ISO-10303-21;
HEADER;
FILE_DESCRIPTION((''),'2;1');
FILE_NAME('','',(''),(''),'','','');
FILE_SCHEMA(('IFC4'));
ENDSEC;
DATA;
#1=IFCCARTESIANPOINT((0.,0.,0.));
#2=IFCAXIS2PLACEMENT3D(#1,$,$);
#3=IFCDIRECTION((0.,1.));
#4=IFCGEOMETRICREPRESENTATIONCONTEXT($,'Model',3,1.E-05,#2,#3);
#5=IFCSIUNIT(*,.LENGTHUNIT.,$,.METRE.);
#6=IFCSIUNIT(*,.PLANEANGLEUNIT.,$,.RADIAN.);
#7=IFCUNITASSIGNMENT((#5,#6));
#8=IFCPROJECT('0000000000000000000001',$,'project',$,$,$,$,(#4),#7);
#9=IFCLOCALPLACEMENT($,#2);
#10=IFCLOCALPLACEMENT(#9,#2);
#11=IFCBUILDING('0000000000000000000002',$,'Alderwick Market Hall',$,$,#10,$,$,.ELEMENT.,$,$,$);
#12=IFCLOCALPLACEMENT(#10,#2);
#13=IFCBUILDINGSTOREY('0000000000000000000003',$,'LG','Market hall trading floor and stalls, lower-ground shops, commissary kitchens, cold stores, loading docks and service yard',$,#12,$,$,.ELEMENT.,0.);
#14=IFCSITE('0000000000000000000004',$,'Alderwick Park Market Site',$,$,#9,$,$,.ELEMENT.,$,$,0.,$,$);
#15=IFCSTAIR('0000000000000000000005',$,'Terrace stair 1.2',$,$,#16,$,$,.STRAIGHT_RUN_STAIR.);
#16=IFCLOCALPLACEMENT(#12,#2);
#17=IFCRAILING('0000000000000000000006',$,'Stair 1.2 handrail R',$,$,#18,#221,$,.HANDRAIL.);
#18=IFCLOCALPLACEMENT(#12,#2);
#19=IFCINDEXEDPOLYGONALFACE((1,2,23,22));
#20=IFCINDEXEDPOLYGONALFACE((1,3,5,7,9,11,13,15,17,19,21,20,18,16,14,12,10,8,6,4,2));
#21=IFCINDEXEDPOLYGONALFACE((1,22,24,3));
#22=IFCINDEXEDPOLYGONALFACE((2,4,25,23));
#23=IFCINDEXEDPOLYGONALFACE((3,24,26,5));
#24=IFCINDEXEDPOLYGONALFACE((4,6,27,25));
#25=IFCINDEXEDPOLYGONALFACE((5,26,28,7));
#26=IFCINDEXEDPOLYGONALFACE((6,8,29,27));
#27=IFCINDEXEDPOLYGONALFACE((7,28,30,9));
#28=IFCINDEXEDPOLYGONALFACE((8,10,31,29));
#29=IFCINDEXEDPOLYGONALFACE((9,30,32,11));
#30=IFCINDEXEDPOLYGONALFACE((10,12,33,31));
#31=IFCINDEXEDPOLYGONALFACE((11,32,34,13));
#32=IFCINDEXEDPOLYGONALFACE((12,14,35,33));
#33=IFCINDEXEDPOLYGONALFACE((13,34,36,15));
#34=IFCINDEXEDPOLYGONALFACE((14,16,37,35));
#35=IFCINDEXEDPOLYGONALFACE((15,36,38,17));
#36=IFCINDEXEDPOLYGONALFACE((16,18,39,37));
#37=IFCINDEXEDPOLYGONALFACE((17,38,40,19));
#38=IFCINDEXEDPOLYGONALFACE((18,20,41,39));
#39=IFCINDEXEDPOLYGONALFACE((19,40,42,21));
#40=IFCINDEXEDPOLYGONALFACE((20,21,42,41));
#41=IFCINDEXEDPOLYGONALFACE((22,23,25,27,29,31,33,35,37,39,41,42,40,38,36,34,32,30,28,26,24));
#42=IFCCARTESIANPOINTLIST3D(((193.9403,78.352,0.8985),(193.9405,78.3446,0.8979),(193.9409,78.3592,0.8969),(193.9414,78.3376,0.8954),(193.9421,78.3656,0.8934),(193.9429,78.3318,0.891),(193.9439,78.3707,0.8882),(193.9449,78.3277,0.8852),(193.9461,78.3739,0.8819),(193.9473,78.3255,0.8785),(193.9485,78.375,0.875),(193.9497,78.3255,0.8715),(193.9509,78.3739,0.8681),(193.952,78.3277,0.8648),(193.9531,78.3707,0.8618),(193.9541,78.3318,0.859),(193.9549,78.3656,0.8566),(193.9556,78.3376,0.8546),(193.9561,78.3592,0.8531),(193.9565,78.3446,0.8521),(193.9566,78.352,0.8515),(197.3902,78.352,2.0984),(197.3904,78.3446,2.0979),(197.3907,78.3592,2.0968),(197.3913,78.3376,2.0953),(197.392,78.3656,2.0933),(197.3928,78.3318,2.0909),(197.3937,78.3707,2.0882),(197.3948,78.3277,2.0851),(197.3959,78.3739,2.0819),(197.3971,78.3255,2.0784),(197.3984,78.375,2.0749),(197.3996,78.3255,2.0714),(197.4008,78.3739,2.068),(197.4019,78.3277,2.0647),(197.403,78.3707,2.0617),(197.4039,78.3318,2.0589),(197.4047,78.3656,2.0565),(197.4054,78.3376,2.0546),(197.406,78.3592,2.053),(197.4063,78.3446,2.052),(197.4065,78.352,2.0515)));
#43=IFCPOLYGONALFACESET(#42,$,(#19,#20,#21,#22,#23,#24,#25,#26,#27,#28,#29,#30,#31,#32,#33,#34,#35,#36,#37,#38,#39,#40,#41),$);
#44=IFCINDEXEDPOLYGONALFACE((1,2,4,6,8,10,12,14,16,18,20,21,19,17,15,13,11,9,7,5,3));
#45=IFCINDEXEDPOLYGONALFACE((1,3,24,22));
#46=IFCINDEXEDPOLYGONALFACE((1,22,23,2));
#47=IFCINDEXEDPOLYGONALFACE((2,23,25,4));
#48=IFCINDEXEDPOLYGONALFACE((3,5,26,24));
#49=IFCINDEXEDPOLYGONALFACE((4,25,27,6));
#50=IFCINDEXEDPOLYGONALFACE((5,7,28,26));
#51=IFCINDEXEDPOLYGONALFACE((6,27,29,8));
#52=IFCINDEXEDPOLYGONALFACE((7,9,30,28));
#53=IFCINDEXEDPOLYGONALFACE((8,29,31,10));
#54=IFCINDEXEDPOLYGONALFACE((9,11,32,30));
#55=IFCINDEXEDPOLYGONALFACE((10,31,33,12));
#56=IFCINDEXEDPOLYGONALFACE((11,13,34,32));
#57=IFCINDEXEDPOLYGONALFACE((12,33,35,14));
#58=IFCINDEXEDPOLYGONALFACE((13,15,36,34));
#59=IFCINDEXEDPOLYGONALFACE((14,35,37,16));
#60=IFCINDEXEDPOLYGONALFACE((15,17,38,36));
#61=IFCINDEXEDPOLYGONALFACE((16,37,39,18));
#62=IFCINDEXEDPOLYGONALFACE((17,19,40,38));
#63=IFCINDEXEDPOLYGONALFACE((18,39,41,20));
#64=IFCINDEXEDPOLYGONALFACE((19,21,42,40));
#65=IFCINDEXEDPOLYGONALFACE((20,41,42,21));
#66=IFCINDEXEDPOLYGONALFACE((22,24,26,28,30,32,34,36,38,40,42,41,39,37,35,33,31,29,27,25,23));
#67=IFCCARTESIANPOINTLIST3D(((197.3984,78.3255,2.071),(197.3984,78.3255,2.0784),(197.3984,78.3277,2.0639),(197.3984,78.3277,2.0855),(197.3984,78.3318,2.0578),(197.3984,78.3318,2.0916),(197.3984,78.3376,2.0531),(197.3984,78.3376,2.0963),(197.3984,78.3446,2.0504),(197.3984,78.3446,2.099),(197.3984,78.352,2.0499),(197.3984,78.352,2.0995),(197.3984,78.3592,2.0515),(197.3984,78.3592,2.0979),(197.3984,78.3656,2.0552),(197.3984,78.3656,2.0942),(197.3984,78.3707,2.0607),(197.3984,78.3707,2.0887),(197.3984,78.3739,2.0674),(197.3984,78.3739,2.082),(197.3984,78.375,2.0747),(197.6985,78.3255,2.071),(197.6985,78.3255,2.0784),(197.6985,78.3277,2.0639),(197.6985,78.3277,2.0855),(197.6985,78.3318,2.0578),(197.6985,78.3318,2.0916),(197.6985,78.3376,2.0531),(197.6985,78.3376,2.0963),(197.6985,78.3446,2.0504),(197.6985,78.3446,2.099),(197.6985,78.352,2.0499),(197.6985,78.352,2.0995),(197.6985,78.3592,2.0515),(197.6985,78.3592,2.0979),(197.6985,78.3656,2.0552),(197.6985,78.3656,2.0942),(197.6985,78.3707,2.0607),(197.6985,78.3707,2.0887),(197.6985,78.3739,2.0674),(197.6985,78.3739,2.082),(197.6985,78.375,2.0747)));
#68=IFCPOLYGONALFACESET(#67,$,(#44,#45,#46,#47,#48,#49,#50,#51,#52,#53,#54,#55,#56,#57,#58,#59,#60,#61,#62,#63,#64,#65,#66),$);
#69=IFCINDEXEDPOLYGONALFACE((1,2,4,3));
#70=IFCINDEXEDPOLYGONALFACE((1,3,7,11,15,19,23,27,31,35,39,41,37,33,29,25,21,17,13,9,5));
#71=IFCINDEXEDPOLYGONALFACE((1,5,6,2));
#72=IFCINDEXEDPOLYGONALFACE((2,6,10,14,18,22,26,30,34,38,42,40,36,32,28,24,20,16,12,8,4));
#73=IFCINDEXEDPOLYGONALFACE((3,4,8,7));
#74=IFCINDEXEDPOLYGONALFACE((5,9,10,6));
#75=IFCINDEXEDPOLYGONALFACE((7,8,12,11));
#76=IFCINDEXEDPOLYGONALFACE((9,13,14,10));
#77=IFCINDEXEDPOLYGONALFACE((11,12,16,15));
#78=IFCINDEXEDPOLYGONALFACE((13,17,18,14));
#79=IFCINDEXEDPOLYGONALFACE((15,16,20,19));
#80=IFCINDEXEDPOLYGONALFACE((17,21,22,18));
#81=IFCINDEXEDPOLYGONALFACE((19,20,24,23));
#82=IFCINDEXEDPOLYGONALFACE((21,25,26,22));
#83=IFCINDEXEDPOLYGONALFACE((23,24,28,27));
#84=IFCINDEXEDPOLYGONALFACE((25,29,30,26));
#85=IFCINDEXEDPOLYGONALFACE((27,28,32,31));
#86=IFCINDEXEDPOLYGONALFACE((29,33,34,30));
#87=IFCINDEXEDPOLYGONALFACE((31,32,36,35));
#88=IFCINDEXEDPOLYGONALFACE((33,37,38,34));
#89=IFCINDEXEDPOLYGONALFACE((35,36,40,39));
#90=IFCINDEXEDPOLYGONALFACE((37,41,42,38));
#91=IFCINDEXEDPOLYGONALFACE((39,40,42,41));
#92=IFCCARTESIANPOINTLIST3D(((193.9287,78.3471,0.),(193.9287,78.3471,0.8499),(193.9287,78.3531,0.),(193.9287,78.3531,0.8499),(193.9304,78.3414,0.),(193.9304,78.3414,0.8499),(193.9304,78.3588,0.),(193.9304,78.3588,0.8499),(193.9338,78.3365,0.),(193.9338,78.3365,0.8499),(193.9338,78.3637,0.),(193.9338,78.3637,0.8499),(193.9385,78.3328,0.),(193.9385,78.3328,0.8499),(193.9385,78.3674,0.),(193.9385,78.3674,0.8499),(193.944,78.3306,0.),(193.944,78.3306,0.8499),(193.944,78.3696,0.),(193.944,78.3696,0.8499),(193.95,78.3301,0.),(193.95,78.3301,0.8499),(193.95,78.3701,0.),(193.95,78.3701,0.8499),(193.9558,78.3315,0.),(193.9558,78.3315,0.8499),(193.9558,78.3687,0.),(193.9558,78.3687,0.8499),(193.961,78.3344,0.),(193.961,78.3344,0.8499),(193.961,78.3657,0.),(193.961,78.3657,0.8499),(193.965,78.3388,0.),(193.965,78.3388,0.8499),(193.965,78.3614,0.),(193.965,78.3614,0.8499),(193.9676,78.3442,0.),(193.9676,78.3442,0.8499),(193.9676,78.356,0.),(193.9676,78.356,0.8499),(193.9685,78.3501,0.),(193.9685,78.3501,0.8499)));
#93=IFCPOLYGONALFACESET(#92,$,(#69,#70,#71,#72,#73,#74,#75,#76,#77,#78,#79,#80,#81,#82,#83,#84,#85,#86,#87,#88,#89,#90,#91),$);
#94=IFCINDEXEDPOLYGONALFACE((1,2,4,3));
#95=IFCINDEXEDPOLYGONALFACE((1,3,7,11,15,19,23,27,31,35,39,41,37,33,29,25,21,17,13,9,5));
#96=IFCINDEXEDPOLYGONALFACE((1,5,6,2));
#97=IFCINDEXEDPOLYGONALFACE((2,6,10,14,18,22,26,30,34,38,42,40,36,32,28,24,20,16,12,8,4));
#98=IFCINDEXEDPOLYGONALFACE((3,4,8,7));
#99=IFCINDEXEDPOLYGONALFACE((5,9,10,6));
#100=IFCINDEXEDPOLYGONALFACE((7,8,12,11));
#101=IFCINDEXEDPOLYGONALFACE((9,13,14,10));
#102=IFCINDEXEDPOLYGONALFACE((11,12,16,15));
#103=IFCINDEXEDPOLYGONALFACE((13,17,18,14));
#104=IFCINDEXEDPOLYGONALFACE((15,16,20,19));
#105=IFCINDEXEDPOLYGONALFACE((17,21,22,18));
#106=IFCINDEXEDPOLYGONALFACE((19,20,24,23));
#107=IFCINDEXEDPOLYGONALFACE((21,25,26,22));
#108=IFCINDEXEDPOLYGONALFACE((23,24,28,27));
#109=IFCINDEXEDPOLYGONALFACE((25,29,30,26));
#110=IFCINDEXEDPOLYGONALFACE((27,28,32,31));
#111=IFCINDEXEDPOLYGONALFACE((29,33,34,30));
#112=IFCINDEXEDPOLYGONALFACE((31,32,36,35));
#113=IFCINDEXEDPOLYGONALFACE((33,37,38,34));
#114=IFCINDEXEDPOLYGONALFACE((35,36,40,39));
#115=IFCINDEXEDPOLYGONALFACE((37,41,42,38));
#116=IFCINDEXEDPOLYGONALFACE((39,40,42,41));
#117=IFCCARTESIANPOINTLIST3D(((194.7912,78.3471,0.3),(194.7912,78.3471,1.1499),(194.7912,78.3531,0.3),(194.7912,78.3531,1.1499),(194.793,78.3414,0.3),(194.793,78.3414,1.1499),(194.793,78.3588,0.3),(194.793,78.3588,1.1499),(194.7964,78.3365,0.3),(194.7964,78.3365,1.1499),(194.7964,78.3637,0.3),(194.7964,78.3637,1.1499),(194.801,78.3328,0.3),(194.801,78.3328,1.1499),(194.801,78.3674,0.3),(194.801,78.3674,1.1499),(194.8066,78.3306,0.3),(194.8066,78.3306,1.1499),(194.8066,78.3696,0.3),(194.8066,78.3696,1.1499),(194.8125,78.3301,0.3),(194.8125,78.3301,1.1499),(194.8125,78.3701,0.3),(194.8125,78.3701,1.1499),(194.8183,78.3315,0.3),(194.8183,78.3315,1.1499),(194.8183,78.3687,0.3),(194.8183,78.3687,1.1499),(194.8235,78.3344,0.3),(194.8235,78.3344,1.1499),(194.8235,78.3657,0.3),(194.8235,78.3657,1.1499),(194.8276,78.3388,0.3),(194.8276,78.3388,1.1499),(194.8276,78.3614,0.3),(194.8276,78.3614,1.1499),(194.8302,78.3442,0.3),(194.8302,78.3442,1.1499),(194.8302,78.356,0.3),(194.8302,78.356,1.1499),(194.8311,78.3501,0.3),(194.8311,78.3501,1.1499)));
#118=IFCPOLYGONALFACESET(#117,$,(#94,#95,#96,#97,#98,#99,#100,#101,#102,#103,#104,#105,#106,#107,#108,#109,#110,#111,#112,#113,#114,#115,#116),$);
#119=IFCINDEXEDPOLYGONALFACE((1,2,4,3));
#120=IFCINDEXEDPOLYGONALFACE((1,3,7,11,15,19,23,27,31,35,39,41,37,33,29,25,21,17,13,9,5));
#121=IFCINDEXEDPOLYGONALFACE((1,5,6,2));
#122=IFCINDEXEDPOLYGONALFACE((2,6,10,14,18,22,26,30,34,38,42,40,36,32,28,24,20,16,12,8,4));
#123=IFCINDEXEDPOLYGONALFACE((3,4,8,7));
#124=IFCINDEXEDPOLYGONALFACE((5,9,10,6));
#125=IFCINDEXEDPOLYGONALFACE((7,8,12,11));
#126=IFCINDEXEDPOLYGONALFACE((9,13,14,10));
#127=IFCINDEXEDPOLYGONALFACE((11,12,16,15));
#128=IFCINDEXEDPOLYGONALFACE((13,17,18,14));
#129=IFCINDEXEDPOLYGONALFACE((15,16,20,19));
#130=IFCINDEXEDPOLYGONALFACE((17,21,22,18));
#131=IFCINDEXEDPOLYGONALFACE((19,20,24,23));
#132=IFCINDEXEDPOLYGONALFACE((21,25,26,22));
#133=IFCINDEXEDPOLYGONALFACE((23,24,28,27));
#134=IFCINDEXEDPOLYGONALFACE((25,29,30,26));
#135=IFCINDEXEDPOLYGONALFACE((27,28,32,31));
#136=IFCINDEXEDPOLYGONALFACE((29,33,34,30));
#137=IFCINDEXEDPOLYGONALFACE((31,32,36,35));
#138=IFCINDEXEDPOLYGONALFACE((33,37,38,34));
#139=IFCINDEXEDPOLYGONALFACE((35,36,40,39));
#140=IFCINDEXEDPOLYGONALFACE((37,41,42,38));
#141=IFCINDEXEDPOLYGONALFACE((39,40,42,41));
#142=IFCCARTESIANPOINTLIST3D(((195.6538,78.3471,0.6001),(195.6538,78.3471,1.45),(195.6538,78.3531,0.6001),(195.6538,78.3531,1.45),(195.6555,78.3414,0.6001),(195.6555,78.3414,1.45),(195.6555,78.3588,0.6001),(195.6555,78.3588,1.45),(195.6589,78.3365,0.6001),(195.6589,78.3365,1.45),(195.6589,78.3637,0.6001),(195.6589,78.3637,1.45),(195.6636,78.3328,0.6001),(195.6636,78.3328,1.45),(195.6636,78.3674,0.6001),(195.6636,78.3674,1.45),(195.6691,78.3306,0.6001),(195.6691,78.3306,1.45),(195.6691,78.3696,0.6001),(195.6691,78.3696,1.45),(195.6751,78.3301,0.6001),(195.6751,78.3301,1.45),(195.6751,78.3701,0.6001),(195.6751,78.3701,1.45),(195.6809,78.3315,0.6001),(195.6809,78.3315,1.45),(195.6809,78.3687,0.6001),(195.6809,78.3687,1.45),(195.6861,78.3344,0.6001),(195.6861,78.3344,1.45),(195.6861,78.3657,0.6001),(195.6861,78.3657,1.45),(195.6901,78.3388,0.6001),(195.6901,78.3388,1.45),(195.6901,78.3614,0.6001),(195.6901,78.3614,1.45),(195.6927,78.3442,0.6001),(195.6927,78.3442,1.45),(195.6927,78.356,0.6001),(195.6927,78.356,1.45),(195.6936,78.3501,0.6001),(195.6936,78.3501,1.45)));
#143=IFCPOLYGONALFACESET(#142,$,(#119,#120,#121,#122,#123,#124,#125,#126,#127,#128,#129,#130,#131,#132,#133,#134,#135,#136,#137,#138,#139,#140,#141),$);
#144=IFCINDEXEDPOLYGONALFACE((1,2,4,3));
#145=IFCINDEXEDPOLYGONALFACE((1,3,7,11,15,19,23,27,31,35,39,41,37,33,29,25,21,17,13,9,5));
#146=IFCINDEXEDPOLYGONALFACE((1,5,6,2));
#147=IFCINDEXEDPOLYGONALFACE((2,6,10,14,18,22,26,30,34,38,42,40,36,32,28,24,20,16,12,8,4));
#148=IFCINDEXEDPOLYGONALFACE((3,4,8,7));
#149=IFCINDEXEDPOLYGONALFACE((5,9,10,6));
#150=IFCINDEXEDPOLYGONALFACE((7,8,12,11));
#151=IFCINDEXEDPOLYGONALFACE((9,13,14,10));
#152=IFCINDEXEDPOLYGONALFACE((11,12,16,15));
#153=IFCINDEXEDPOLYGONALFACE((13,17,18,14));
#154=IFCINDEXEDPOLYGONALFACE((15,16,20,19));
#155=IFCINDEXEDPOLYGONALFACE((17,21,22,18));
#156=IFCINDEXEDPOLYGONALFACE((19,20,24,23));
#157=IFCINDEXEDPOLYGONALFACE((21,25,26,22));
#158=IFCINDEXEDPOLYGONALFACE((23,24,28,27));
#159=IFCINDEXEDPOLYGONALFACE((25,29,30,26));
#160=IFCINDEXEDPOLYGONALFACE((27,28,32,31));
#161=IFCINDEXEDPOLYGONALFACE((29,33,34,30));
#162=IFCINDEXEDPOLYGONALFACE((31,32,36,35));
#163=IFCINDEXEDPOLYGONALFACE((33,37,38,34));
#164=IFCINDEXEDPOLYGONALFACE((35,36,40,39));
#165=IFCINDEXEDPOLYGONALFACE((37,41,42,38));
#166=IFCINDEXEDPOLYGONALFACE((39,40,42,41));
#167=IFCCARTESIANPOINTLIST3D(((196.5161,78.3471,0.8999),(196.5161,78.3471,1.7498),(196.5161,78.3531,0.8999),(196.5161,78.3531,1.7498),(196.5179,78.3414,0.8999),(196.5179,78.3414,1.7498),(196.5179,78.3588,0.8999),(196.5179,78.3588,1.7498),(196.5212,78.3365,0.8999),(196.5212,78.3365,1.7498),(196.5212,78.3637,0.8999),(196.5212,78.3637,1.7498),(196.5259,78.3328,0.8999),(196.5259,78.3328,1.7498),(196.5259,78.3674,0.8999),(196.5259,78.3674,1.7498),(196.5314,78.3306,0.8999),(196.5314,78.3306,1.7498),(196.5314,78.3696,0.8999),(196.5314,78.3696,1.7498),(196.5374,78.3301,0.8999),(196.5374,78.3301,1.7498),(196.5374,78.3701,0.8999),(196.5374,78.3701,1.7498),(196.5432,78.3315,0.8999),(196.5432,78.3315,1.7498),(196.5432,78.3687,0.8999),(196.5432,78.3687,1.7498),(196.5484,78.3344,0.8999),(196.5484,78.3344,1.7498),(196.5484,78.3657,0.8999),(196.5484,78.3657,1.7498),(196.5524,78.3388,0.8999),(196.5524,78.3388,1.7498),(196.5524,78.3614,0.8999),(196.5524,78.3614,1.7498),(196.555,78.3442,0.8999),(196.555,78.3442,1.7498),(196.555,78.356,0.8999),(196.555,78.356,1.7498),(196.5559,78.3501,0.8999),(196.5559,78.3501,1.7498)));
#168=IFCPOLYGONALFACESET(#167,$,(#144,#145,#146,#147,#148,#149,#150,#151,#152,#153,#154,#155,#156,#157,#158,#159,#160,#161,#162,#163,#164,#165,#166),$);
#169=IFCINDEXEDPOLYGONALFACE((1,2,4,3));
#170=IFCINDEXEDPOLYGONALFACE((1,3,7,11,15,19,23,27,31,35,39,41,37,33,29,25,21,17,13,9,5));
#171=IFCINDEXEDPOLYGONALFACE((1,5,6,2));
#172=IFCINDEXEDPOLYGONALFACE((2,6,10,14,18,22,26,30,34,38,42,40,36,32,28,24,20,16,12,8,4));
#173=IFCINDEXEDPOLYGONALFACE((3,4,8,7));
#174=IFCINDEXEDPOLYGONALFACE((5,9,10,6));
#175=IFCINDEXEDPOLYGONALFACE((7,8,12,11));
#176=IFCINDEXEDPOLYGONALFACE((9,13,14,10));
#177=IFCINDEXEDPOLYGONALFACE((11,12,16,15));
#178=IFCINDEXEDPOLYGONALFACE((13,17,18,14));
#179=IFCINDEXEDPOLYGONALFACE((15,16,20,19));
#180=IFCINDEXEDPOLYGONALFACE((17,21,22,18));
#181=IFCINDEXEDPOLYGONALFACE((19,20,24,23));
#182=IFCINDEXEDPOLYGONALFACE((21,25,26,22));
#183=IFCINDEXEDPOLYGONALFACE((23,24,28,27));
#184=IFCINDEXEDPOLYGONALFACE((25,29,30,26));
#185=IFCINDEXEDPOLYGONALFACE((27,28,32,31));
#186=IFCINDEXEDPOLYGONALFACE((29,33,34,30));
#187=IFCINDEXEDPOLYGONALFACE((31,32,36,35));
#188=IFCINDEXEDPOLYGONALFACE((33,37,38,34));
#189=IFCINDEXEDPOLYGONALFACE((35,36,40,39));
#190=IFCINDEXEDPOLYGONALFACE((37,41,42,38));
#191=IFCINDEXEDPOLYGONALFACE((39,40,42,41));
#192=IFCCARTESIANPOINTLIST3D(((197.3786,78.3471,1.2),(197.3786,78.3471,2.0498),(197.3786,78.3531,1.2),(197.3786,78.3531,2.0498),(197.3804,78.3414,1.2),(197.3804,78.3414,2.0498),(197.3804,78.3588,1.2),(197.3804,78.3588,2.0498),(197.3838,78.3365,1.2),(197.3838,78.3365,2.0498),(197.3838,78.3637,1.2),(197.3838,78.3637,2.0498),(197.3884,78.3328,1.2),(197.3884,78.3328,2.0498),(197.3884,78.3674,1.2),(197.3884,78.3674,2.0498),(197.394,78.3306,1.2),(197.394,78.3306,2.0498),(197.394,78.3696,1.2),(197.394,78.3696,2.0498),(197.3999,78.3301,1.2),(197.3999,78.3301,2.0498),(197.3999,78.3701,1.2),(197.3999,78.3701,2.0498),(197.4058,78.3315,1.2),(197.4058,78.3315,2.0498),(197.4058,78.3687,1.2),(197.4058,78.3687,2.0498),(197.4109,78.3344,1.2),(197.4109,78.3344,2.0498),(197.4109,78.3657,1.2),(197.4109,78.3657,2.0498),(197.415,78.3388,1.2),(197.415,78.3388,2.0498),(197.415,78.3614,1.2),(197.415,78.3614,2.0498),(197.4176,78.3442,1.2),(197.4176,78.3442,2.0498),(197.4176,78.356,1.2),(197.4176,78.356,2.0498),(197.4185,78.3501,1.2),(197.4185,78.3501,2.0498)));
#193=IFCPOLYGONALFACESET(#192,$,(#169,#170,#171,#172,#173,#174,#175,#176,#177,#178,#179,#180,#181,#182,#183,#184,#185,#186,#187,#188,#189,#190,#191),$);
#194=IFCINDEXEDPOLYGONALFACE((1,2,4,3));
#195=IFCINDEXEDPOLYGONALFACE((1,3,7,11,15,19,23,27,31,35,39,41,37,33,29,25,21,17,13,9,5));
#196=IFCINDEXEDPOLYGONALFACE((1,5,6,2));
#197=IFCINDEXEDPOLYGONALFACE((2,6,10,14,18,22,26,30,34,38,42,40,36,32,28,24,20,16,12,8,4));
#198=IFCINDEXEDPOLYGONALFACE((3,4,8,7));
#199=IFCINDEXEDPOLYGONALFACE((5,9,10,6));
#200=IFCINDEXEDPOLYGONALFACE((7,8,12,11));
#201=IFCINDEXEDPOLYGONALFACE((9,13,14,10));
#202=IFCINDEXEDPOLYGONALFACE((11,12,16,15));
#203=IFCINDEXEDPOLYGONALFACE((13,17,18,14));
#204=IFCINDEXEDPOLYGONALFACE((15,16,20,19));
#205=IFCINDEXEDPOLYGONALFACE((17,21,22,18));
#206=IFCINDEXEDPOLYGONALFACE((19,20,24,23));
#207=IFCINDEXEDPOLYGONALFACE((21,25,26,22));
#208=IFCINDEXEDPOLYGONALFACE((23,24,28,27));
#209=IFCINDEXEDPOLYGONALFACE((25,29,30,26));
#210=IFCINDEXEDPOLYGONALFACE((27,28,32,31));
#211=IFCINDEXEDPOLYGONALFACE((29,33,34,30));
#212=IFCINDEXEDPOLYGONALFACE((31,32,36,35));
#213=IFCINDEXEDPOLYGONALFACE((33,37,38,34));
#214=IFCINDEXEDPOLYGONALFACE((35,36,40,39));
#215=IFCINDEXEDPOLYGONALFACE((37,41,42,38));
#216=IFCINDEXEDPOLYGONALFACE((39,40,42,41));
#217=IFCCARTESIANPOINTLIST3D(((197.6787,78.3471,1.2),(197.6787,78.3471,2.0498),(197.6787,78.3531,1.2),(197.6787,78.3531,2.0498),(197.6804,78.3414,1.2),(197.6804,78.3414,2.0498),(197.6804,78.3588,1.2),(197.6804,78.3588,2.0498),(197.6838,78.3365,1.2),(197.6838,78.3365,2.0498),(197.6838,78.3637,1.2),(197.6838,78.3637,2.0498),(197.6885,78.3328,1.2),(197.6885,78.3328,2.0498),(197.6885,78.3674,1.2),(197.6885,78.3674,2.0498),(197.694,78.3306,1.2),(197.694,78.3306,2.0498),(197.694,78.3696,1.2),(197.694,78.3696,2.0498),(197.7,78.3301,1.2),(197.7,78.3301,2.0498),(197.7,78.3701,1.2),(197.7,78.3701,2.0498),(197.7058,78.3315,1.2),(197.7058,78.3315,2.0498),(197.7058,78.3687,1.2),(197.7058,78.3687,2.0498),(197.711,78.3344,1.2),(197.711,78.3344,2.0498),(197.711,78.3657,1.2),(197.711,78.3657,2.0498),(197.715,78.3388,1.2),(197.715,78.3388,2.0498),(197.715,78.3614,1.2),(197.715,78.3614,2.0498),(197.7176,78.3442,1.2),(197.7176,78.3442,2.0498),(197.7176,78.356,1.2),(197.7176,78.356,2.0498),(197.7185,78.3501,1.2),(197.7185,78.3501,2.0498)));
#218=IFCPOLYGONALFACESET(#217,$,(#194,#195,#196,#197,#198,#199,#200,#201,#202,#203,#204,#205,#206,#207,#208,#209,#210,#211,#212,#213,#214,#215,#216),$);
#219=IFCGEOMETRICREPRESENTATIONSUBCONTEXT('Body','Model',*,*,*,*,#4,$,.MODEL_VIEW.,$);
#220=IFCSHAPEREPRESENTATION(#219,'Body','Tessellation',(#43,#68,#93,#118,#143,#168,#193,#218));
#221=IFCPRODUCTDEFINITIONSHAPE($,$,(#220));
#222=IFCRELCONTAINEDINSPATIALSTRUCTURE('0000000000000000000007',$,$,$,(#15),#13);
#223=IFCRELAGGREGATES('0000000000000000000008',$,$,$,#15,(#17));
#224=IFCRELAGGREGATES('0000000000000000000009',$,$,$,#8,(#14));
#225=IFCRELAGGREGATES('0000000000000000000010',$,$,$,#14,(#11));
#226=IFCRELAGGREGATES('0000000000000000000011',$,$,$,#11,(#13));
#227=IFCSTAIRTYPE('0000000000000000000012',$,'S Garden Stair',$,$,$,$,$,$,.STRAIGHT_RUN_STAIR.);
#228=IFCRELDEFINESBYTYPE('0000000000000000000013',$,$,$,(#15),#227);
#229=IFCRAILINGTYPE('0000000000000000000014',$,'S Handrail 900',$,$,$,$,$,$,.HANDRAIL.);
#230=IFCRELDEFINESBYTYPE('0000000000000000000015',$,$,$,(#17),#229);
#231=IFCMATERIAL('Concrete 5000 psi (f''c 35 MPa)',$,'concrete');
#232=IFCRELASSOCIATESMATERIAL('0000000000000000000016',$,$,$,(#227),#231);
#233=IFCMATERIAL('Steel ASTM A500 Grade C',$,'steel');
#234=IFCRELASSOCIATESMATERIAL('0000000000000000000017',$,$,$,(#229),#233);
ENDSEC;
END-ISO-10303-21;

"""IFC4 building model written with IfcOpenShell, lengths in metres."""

from ifc_helpers import new_model, si_unit, direction, frame, origin, origin_2d, place, context, subcontext, project, spatial, circle, extrude, material, type_object, element, aggregate, save


model = new_model("IFC4")

# Units and contexts
model_context = context("Model", 3, precision=1e-05, world=origin(), true_north=direction((0.0, 1.0)))
body_context = subcontext(model_context, "Body", "Model", "MODEL_VIEW")
ifc_project = project(units=[si_unit("LENGTHUNIT", "METRE"), si_unit("PLANEANGLEUNIT", "RADIAN")], contexts=[model_context])

# Site, building, storey
site_placement = place(None, origin())
site = spatial("IfcSite", under=ifc_project, at=site_placement, Name="Alderwick Park Market Site", CompositionType="ELEMENT", RefElevation=0.0)
building_placement = place(site_placement, origin())
building = spatial("IfcBuilding", under=site, at=building_placement, Name="Alderwick Market Hall", CompositionType="ELEMENT")
storey_placement = place(building_placement, origin())
storey = spatial("IfcBuildingStorey", under=building, at=storey_placement, Name="LG", Description="Market hall trading floor and stalls, lower-ground shops, commissary kitchens, cold stores, loading docks and service yard", CompositionType="ELEMENT", Elevation=0.0)

# Shared definitions
ifc_material_1 = material(Name="Concrete 5000 psi (f'c 35 MPa)", Category="concrete")

# Stair
stair_type = type_object("IfcStairType", Name="S Garden Stair", PredefinedType="STRAIGHT_RUN_STAIR", material=ifc_material_1)
stair_1_placement = place(storey_placement, origin())
stair_1 = element("IfcStair", 1, at=stair_1_placement, inside=storey, type_object=stair_type, Name="Terrace stair 1.2", PredefinedType="STRAIGHT_RUN_STAIR")

# Railing
ifc_material_2 = material(Name="Steel ASTM A500 Grade C", Category="steel")
railing_type_1 = type_object("IfcRailingType", Name="S Handrail 900", PredefinedType="HANDRAIL", material=ifc_material_2)
railing_1_placement = place(storey_placement, frame((193.9485, 78.3501, 0.0)))
railing_1 = element("IfcRailing", 2, at=railing_1_placement, type_object=railing_type_1, Name="Stair 1.2 handrail R", PredefinedType="HANDRAIL", context=body_context, shape_type="SweptSolid", body=[
    extrude(circle(Radius=0.0249, at=origin_2d()), frame((0.0, 0.0, 0.875), z_axis=(0.9445, 0.0, 0.328513), x_axis=(0.0, 1.0, 0.0)), (0.0, 0.0, 1.0), 3.6526),
    extrude(circle(Radius=0.0249, at=origin_2d()), frame((3.45, 0.0, 2.0747), z_axis=(1.0, 0.0, 0.0), x_axis=(0.0, 1.0, 0.0)), (0.0, 0.0, 1.0), 0.3),
    extrude(circle(Radius=0.02, at=origin_2d()), origin(), (0.0, 0.0, 1.0), 0.8499),
    extrude(circle(Radius=0.02, at=origin_2d()), frame((0.8625, 0.0, 0.3)), (0.0, 0.0, 1.0), 0.8499),
    extrude(circle(Radius=0.02, at=origin_2d()), frame((1.7251, 0.0, 0.6001)), (0.0, 0.0, 1.0), 0.8499),
    extrude(circle(Radius=0.02, at=origin_2d()), frame((2.5874, 0.0, 0.8999)), (0.0, 0.0, 1.0), 0.8499),
    extrude(circle(Radius=0.02, at=origin_2d()), frame((3.45, 0.0, 1.2)), (0.0, 0.0, 1.0), 0.8499),
    extrude(circle(Radius=0.02, at=origin_2d()), frame((3.75, 0.0, 1.2)), (0.0, 0.0, 1.0), 0.8499),
])
aggregate(stair_1, [railing_1])

save(model, "model.ifc")
